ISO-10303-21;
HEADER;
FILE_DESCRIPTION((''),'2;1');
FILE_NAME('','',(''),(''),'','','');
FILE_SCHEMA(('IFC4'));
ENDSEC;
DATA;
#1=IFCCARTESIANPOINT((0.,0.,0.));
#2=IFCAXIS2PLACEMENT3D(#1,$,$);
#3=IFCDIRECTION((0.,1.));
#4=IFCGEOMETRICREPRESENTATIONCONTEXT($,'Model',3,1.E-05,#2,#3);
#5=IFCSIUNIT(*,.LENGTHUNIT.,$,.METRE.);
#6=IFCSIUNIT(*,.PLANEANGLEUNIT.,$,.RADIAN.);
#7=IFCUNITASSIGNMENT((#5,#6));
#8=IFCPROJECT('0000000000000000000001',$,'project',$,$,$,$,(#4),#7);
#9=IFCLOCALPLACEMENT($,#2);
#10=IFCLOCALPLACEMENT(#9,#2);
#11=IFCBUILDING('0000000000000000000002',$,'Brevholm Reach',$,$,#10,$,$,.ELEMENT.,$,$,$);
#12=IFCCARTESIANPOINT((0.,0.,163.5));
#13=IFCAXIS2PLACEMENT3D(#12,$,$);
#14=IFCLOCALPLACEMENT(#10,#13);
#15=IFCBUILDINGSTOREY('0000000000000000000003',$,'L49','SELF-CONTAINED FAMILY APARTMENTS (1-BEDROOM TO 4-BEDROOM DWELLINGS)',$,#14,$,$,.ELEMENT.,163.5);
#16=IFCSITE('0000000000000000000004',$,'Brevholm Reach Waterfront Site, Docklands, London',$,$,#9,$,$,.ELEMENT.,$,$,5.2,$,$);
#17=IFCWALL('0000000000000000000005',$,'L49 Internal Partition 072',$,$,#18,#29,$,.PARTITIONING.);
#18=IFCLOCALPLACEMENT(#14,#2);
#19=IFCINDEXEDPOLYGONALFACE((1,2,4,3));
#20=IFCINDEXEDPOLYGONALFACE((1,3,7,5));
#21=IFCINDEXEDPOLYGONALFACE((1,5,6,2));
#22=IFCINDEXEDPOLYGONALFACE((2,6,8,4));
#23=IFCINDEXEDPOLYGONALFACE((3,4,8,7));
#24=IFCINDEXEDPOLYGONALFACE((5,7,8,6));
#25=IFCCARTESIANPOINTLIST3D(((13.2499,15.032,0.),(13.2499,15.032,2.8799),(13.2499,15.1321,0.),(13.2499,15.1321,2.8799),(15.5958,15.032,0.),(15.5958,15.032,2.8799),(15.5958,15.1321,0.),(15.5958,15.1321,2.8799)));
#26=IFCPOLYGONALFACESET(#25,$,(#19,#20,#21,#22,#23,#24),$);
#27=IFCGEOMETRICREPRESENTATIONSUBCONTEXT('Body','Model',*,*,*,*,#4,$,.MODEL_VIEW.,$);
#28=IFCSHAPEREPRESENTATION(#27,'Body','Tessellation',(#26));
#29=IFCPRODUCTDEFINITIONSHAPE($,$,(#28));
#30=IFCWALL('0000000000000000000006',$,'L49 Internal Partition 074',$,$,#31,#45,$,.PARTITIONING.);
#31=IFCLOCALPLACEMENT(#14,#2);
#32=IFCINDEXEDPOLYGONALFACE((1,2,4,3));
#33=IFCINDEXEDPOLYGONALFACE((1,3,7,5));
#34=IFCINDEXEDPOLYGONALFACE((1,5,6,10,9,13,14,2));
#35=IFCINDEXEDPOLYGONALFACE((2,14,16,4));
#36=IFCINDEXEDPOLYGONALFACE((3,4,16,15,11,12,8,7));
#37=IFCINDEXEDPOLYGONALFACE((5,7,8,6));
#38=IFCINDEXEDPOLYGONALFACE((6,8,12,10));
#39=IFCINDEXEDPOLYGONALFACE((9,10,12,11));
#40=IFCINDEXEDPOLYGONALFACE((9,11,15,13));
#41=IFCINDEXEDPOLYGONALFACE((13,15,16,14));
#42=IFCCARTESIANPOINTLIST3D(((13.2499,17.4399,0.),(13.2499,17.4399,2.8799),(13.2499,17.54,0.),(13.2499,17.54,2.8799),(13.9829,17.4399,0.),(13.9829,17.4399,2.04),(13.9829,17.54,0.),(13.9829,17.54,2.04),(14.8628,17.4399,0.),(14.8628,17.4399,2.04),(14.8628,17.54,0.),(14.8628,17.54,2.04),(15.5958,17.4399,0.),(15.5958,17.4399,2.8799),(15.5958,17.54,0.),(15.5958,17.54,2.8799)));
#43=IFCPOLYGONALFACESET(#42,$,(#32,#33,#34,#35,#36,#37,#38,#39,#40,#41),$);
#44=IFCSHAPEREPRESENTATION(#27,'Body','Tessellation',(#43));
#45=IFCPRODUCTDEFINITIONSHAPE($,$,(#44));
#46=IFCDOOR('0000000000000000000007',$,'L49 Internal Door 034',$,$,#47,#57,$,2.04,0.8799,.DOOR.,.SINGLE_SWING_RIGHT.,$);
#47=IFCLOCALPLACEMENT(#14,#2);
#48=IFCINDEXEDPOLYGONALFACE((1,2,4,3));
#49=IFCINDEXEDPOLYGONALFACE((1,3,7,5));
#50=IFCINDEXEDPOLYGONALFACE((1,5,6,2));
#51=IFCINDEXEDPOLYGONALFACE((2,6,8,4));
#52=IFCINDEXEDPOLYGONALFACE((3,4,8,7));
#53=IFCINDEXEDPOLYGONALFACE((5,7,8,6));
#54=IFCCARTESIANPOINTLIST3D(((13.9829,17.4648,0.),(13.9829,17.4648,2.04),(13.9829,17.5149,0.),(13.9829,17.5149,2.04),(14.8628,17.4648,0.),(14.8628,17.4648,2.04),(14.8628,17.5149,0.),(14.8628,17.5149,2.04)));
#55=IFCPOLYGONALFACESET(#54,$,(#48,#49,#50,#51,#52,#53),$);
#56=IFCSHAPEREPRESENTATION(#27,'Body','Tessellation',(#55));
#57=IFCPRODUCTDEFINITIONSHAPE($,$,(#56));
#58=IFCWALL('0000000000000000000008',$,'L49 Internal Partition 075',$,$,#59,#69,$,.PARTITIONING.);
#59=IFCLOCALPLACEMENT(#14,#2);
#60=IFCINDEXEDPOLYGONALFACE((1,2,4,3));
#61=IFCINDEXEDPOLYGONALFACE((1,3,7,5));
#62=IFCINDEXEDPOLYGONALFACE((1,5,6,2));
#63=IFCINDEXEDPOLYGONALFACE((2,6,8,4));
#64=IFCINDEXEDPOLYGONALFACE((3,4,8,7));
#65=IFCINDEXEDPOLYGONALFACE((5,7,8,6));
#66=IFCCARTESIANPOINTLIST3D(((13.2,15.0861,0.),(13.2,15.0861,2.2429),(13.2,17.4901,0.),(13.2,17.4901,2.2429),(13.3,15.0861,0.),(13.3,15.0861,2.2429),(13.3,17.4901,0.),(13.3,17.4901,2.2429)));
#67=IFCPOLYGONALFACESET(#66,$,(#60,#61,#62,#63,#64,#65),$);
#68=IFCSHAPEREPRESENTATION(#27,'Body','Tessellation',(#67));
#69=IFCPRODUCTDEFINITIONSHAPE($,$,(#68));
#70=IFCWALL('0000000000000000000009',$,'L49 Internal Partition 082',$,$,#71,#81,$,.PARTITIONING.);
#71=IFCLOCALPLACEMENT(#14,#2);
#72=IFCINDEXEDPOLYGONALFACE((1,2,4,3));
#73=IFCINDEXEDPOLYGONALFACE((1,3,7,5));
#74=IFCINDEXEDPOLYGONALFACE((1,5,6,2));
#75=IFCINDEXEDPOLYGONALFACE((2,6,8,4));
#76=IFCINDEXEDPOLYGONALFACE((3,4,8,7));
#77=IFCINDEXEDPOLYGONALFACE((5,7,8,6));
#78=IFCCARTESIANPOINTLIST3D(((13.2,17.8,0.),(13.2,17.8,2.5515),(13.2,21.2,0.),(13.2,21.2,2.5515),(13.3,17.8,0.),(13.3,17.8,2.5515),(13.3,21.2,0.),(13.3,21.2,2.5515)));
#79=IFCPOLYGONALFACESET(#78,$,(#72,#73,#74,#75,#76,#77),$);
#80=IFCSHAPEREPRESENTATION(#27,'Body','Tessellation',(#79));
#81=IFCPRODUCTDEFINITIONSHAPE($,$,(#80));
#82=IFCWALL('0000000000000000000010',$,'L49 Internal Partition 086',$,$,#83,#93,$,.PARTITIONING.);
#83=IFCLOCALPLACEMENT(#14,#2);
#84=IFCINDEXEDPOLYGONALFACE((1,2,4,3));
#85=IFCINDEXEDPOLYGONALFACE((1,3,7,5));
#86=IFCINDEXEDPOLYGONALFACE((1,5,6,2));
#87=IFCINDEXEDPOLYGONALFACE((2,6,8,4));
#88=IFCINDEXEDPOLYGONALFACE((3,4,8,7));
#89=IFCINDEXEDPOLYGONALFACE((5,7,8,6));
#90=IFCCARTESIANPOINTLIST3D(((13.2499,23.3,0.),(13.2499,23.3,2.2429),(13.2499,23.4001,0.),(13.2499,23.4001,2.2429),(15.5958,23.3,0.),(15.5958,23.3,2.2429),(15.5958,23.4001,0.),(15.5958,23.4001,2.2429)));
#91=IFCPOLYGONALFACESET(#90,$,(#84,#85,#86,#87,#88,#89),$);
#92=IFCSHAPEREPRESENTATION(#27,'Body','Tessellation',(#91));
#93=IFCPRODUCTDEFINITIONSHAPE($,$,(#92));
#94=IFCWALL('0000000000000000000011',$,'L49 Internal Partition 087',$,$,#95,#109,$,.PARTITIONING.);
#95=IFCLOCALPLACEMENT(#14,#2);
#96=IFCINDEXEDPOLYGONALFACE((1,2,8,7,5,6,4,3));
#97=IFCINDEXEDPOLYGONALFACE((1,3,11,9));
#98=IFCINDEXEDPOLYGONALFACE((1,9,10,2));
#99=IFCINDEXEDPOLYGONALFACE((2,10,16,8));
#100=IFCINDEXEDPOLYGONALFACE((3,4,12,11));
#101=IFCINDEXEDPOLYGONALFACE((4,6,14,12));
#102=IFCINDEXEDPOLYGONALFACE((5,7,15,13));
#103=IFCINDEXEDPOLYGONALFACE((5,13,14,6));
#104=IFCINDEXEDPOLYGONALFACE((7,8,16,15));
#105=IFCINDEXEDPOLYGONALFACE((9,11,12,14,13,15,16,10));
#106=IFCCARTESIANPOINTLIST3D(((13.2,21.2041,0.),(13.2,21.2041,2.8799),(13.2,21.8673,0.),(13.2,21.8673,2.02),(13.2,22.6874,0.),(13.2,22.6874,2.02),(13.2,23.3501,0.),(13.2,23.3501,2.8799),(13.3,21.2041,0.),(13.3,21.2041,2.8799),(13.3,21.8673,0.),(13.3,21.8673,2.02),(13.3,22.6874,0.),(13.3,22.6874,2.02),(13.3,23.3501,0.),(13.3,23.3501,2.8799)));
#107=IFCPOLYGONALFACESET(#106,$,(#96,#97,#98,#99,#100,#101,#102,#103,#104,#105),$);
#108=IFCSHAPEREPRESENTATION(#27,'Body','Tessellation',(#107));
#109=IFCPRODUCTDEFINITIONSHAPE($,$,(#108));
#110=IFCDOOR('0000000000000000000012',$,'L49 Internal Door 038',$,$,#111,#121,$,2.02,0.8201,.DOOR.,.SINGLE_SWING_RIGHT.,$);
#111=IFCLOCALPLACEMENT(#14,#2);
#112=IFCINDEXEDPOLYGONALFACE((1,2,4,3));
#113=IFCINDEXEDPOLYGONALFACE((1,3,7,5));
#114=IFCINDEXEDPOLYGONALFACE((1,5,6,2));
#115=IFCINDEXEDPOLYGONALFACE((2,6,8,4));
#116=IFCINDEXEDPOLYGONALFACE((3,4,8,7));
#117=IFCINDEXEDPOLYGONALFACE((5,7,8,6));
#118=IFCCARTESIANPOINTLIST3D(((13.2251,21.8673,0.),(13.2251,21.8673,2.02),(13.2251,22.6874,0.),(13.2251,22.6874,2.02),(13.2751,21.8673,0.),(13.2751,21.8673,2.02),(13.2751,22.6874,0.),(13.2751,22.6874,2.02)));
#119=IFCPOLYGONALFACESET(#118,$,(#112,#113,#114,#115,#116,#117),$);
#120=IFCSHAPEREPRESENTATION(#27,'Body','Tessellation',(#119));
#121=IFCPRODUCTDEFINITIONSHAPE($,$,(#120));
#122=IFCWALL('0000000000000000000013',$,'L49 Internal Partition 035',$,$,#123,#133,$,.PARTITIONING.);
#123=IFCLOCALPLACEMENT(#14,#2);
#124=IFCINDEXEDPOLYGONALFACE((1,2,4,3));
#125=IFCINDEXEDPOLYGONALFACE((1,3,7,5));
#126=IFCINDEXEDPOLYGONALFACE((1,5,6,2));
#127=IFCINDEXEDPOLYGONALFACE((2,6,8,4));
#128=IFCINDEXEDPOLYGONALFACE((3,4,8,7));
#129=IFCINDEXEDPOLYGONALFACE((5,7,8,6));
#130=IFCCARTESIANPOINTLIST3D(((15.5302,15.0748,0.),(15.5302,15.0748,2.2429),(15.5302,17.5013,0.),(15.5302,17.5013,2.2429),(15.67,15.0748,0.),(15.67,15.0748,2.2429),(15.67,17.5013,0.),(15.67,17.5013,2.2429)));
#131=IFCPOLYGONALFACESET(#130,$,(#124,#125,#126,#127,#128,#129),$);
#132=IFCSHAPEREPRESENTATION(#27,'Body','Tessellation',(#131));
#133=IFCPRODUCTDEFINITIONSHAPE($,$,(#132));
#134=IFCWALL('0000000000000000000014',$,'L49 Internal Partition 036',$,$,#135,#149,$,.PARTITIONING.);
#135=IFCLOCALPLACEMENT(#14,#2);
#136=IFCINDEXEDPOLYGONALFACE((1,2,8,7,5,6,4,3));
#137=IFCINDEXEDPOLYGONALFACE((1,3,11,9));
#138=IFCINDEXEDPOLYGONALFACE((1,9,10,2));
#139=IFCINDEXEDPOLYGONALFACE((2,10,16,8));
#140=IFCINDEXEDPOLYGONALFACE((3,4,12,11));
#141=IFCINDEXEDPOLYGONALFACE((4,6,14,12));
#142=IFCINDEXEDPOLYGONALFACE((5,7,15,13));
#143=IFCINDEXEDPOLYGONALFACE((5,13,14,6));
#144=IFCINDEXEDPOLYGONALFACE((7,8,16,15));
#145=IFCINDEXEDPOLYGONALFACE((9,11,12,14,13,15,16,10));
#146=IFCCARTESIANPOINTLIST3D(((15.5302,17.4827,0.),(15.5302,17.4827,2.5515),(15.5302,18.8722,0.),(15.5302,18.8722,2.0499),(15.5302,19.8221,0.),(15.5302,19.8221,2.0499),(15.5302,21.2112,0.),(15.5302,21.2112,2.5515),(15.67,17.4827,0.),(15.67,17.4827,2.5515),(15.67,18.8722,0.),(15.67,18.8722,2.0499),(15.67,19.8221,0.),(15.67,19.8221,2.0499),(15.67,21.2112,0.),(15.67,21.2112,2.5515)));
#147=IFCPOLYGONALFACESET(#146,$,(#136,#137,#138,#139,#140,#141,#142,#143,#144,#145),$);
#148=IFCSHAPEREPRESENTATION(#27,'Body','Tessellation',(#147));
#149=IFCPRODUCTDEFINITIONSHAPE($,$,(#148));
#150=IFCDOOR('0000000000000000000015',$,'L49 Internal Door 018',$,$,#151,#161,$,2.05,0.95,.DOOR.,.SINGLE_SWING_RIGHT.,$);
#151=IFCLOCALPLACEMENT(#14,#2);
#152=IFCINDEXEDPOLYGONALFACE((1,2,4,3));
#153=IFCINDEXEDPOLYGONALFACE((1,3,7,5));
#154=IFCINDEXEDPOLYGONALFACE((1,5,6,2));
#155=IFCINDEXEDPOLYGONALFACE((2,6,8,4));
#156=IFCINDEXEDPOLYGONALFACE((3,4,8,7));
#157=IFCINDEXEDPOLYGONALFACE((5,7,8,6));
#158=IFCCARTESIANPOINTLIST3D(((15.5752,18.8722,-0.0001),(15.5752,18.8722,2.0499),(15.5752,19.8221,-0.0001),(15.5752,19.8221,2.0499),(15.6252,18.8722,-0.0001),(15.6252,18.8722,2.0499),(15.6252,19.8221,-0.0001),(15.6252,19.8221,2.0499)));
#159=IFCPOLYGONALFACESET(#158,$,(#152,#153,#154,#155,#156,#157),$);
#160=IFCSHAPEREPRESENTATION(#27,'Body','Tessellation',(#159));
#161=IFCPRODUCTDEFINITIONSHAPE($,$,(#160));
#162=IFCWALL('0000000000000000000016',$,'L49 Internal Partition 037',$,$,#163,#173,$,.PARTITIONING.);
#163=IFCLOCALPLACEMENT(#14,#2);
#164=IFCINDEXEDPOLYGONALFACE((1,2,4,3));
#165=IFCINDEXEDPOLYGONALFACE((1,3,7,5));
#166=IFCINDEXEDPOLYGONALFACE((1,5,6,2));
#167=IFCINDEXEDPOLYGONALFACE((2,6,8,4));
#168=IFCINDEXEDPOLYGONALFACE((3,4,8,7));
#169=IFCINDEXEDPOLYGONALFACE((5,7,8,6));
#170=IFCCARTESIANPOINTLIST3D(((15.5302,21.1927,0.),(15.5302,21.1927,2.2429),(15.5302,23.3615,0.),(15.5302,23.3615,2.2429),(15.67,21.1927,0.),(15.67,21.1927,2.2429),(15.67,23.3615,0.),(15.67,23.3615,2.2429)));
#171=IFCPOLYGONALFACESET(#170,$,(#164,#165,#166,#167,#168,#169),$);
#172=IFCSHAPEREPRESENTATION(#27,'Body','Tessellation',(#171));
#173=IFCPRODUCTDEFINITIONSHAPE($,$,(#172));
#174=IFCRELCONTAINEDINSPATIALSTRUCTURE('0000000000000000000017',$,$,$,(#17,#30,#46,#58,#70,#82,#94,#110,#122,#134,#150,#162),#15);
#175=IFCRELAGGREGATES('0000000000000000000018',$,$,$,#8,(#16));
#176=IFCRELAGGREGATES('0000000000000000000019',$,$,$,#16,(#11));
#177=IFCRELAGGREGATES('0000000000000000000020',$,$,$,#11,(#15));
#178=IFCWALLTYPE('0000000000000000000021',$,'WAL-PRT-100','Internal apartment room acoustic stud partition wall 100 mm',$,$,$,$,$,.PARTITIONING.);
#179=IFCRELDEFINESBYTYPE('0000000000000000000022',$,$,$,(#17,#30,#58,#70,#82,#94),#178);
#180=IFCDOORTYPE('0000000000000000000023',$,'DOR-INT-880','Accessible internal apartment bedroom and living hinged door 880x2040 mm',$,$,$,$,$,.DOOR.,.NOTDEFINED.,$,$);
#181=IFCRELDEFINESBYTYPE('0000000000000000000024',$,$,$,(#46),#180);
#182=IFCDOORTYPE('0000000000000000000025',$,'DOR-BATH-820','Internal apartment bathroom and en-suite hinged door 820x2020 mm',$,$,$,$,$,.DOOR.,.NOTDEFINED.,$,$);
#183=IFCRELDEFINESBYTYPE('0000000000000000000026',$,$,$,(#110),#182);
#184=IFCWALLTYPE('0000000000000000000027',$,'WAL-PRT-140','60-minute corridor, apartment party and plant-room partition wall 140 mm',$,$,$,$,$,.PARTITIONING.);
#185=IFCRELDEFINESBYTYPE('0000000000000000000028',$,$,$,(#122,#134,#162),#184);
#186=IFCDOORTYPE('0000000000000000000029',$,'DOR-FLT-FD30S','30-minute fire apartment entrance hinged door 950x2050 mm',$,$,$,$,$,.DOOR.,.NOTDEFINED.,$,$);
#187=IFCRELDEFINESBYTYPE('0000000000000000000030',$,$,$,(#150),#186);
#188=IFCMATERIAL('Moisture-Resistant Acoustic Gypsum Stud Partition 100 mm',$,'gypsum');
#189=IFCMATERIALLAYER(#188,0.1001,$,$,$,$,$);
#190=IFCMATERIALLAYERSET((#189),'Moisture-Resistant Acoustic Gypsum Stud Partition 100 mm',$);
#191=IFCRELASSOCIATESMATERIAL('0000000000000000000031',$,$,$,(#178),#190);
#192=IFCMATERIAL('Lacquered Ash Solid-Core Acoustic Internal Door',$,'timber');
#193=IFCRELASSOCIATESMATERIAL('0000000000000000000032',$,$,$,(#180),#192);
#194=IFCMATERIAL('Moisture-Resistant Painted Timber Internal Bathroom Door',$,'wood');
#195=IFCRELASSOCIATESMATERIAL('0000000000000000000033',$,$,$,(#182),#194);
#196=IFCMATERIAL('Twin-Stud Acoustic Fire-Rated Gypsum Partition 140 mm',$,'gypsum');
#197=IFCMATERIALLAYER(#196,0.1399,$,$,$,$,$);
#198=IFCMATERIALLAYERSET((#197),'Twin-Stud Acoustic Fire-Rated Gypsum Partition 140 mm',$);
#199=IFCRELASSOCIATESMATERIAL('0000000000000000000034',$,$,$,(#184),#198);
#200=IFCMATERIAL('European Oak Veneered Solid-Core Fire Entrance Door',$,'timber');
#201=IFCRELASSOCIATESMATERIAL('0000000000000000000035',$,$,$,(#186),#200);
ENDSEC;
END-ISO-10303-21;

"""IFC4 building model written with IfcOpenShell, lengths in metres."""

from ifc_helpers import new_model, si_unit, direction, frame, frame_2d, origin, place, context, subcontext, project, spatial, rectangle, extrude, material, layer, layer_set, type_object, element, fill, save


model = new_model("IFC4")

# Units and contexts
model_context = context("Model", 3, precision=1e-05, world=origin(), true_north=direction((0.0, 1.0)))
body_context = subcontext(model_context, "Body", "Model", "MODEL_VIEW")
ifc_project = project(units=[si_unit("LENGTHUNIT", "METRE"), si_unit("PLANEANGLEUNIT", "RADIAN")], contexts=[model_context])

# Site, building, storey
site_placement = place(None, origin())
site = spatial("IfcSite", under=ifc_project, at=site_placement, Name="Brevholm Reach Waterfront Site, Docklands, London", CompositionType="ELEMENT", RefElevation=5.2)
building_placement = place(site_placement, origin())
building = spatial("IfcBuilding", under=site, at=building_placement, Name="Brevholm Reach", CompositionType="ELEMENT")
storey_placement = place(building_placement, frame((0.0, 0.0, 163.5)))
storey = spatial("IfcBuildingStorey", under=building, at=storey_placement, Name="L49", Description="SELF-CONTAINED FAMILY APARTMENTS (1-BEDROOM TO 4-BEDROOM DWELLINGS)", CompositionType="ELEMENT", Elevation=163.5)

# Wall
ifc_material_1 = material(Name="Moisture-Resistant Acoustic Gypsum Stud Partition 100 mm", Category="gypsum")
ifc_layer_1 = layer(ifc_material_1, 0.1001)
ifc_layer_set_1 = layer_set([ifc_layer_1], Name="Moisture-Resistant Acoustic Gypsum Stud Partition 100 mm")
wall_type_1 = type_object("IfcWallType", Name="WAL-PRT-100", Description="Internal apartment room acoustic stud partition wall 100 mm", PredefinedType="PARTITIONING", material=ifc_layer_set_1)
wall_1_placement = place(storey_placement, frame((13.25, 15.082, 0.0), z_axis=(0.0, 0.0, 1.0), x_axis=(1.0, 0.0, 0.0)))
element("IfcWall", 1, at=wall_1_placement, inside=storey, type_object=wall_type_1, Name="L49 Internal Partition 072", PredefinedType="PARTITIONING", context=body_context, shape_type="SweptSolid", body=[
    extrude(rectangle(XDim=2.3459, YDim=0.1001, at=frame_2d((1.1729, 0.0))), origin(), (0.0, 0.0, 1.0), 2.8799),
])

# Wall, opening, door
wall_2_placement = place(storey_placement, frame((13.25, 17.49, 0.0), z_axis=(0.0, 0.0, 1.0), x_axis=(1.0, 0.0, 0.0)))
wall_2 = element("IfcWall", 2, at=wall_2_placement, inside=storey, type_object=wall_type_1, Name="L49 Internal Partition 074", PredefinedType="PARTITIONING", context=body_context, shape_type="SweptSolid", body=[
    extrude(rectangle(XDim=2.3459, YDim=0.1001, at=frame_2d((1.1729, 0.0))), origin(), (0.0, 0.0, 1.0), 2.8799),
])
opening_1_placement = place(wall_2_placement, frame((0.7329, 0.0, 0.0)))
opening_1 = element("IfcOpeningElement", 3, at=opening_1_placement, cuts=wall_2, PredefinedType="OPENING", context=body_context, shape_type="SweptSolid", body=[
    extrude(rectangle(XDim=0.8799, YDim=2.04, at=frame_2d((0.4399, 1.02))), frame((0.0, 0.0601, 0.0), z_axis=(0.0, -1.0, 0.0), x_axis=(1.0, 0.0, 0.0)), (0.0, 0.0, 1.0), 0.1201),
])
ifc_material_2 = material(Name="Lacquered Ash Solid-Core Acoustic Internal Door", Category="timber")
door_type_1 = type_object("IfcDoorType", Name="DOR-INT-880", Description="Accessible internal apartment bedroom and living hinged door 880x2040 mm", OperationType="NOTDEFINED", PredefinedType="DOOR", material=ifc_material_2)
door_1_placement = place(opening_1_placement, origin())
door_1 = element("IfcDoor", 4, at=door_1_placement, inside=storey, type_object=door_type_1, Name="L49 Internal Door 034", OperationType="SINGLE_SWING_RIGHT", OverallHeight=2.04, OverallWidth=0.8799, PredefinedType="DOOR", context=body_context, shape_type="SweptSolid", body=[
    extrude(rectangle(XDim=0.8799, YDim=2.04, at=frame_2d((0.4399, 1.02))), frame((0.0, 0.0249, 0.0), z_axis=(0.0, -1.0, 0.0), x_axis=(1.0, 0.0, 0.0)), (0.0, 0.0, 1.0), 0.05),
])
fill(opening_1, door_1)

# Walls
wall_3_placement = place(storey_placement, frame((13.25, 15.0859, 0.0), z_axis=(0.0, 0.0, 1.0), x_axis=(0.0, 1.0, 0.0)))
element("IfcWall", 5, at=wall_3_placement, inside=storey, type_object=wall_type_1, Name="L49 Internal Partition 075", PredefinedType="PARTITIONING", context=body_context, shape_type="SweptSolid", body=[
    extrude(rectangle(XDim=2.4041, YDim=0.1001, at=frame_2d((1.2021, 0.0))), origin(), (0.0, 0.0, 1.0), 2.2429),
])
wall_4_placement = place(storey_placement, frame((13.25, 17.8, 0.0), z_axis=(0.0, 0.0, 1.0), x_axis=(0.0, 1.0, 0.0)))
element("IfcWall", 6, at=wall_4_placement, inside=storey, type_object=wall_type_1, Name="L49 Internal Partition 082", PredefinedType="PARTITIONING", context=body_context, shape_type="SweptSolid", body=[
    extrude(rectangle(XDim=3.3999, YDim=0.1001, at=frame_2d((1.7, 0.0))), origin(), (0.0, 0.0, 1.0), 2.5515),
])
wall_5_placement = place(storey_placement, frame((13.25, 23.3501, 0.0), z_axis=(0.0, 0.0, 1.0), x_axis=(1.0, 0.0, 0.0)))
element("IfcWall", 7, at=wall_5_placement, inside=storey, type_object=wall_type_1, Name="L49 Internal Partition 086", PredefinedType="PARTITIONING", context=body_context, shape_type="SweptSolid", body=[
    extrude(rectangle(XDim=2.3459, YDim=0.1001, at=frame_2d((1.1729, 0.0))), origin(), (0.0, 0.0, 1.0), 2.2429),
])

# Wall, opening, door
wall_6_placement = place(storey_placement, frame((13.25, 21.2041, 0.0), z_axis=(0.0, 0.0, 1.0), x_axis=(0.0, 1.0, 0.0)))
wall_6 = element("IfcWall", 8, at=wall_6_placement, inside=storey, type_object=wall_type_1, Name="L49 Internal Partition 087", PredefinedType="PARTITIONING", context=body_context, shape_type="SweptSolid", body=[
    extrude(rectangle(XDim=2.146, YDim=0.1001, at=frame_2d((1.073, 0.0))), origin(), (0.0, 0.0, 1.0), 2.8799),
])
opening_2_placement = place(wall_6_placement, frame((0.6631, 0.0, 0.0)))
opening_2 = element("IfcOpeningElement", 9, at=opening_2_placement, cuts=wall_6, PredefinedType="OPENING", context=body_context, shape_type="SweptSolid", body=[
    extrude(rectangle(XDim=0.8201, YDim=2.02, at=frame_2d((0.4102, 1.01))), frame((0.0, 0.0601, 0.0), z_axis=(0.0, -1.0, 0.0), x_axis=(1.0, 0.0, 0.0)), (0.0, 0.0, 1.0), 0.1201),
])
ifc_material_3 = material(Name="Moisture-Resistant Painted Timber Internal Bathroom Door", Category="wood")
door_type_2 = type_object("IfcDoorType", Name="DOR-BATH-820", Description="Internal apartment bathroom and en-suite hinged door 820x2020 mm", OperationType="NOTDEFINED", PredefinedType="DOOR", material=ifc_material_3)
door_2_placement = place(opening_2_placement, origin())
door_2 = element("IfcDoor", 10, at=door_2_placement, inside=storey, type_object=door_type_2, Name="L49 Internal Door 038", OperationType="SINGLE_SWING_RIGHT", OverallHeight=2.02, OverallWidth=0.8201, PredefinedType="DOOR", context=body_context, shape_type="SweptSolid", body=[
    extrude(rectangle(XDim=0.8201, YDim=2.02, at=frame_2d((0.4102, 1.01))), frame((0.0, 0.0249, 0.0), z_axis=(0.0, -1.0, 0.0), x_axis=(1.0, 0.0, 0.0)), (0.0, 0.0, 1.0), 0.05),
])
fill(opening_2, door_2)

# Wall
ifc_material_4 = material(Name="Twin-Stud Acoustic Fire-Rated Gypsum Partition 140 mm", Category="gypsum")
ifc_layer_2 = layer(ifc_material_4, 0.1399)
ifc_layer_set_2 = layer_set([ifc_layer_2], Name="Twin-Stud Acoustic Fire-Rated Gypsum Partition 140 mm")
wall_type_2 = type_object("IfcWallType", Name="WAL-PRT-140", Description="60-minute corridor, apartment party and plant-room partition wall 140 mm", PredefinedType="PARTITIONING", material=ifc_layer_set_2)
wall_7_placement = place(storey_placement, frame((15.6001, 15.0747, 0.0), z_axis=(0.0, 0.0, 1.0), x_axis=(0.0, 1.0, 0.0)))
element("IfcWall", 11, at=wall_7_placement, inside=storey, type_object=wall_type_2, Name="L49 Internal Partition 035", PredefinedType="PARTITIONING", context=body_context, shape_type="SweptSolid", body=[
    extrude(rectangle(XDim=2.4265, YDim=0.1399, at=frame_2d((1.2134, 0.0))), origin(), (0.0, 0.0, 1.0), 2.2429),
])

# Wall, opening, door
wall_8_placement = place(storey_placement, frame((15.6001, 17.4827, 0.0), z_axis=(0.0, 0.0, 1.0), x_axis=(0.0, 1.0, 0.0)))
wall_8 = element("IfcWall", 12, at=wall_8_placement, inside=storey, type_object=wall_type_2, Name="L49 Internal Partition 036", PredefinedType="PARTITIONING", context=body_context, shape_type="SweptSolid", body=[
    extrude(rectangle(XDim=3.7285, YDim=0.1399, at=frame_2d((1.8643, 0.0))), origin(), (0.0, 0.0, 1.0), 2.5515),
])
opening_3_placement = place(wall_8_placement, frame((1.3894, 0.0, 0.0)))
opening_3 = element("IfcOpeningElement", 13, at=opening_3_placement, cuts=wall_8, PredefinedType="OPENING", context=body_context, shape_type="SweptSolid", body=[
    extrude(rectangle(XDim=0.95, YDim=2.05, at=frame_2d((0.4751, 1.0249))), frame((0.0, 0.0798, 0.0), z_axis=(0.0, -1.0, 0.0), x_axis=(1.0, 0.0, 0.0)), (0.0, 0.0, 1.0), 0.1599),
])
ifc_material_5 = material(Name="European Oak Veneered Solid-Core Fire Entrance Door", Category="timber")
door_type_3 = type_object("IfcDoorType", Name="DOR-FLT-FD30S", Description="30-minute fire apartment entrance hinged door 950x2050 mm", OperationType="NOTDEFINED", PredefinedType="DOOR", material=ifc_material_5)
door_3_placement = place(opening_3_placement, origin())
door_3 = element("IfcDoor", 14, at=door_3_placement, inside=storey, type_object=door_type_3, Name="L49 Internal Door 018", OperationType="SINGLE_SWING_RIGHT", OverallHeight=2.05, OverallWidth=0.95, PredefinedType="DOOR", context=body_context, shape_type="SweptSolid", body=[
    extrude(rectangle(XDim=0.95, YDim=2.05, at=frame_2d((0.4751, 1.0249))), frame((0.0, 0.0249, 0.0), z_axis=(0.0, -1.0, 0.0), x_axis=(1.0, 0.0, 0.0)), (0.0, 0.0, 1.0), 0.05),
])
fill(opening_3, door_3)

# Wall
wall_9_placement = place(storey_placement, frame((15.6001, 21.1926, 0.0), z_axis=(0.0, 0.0, 1.0), x_axis=(0.0, 1.0, 0.0)))
element("IfcWall", 15, at=wall_9_placement, inside=storey, type_object=wall_type_2, Name="L49 Internal Partition 037", PredefinedType="PARTITIONING", context=body_context, shape_type="SweptSolid", body=[
    extrude(rectangle(XDim=2.1687, YDim=0.1399, at=frame_2d((1.0845, 0.0))), origin(), (0.0, 0.0, 1.0), 2.2429),
])

save(model, "model.ifc")
